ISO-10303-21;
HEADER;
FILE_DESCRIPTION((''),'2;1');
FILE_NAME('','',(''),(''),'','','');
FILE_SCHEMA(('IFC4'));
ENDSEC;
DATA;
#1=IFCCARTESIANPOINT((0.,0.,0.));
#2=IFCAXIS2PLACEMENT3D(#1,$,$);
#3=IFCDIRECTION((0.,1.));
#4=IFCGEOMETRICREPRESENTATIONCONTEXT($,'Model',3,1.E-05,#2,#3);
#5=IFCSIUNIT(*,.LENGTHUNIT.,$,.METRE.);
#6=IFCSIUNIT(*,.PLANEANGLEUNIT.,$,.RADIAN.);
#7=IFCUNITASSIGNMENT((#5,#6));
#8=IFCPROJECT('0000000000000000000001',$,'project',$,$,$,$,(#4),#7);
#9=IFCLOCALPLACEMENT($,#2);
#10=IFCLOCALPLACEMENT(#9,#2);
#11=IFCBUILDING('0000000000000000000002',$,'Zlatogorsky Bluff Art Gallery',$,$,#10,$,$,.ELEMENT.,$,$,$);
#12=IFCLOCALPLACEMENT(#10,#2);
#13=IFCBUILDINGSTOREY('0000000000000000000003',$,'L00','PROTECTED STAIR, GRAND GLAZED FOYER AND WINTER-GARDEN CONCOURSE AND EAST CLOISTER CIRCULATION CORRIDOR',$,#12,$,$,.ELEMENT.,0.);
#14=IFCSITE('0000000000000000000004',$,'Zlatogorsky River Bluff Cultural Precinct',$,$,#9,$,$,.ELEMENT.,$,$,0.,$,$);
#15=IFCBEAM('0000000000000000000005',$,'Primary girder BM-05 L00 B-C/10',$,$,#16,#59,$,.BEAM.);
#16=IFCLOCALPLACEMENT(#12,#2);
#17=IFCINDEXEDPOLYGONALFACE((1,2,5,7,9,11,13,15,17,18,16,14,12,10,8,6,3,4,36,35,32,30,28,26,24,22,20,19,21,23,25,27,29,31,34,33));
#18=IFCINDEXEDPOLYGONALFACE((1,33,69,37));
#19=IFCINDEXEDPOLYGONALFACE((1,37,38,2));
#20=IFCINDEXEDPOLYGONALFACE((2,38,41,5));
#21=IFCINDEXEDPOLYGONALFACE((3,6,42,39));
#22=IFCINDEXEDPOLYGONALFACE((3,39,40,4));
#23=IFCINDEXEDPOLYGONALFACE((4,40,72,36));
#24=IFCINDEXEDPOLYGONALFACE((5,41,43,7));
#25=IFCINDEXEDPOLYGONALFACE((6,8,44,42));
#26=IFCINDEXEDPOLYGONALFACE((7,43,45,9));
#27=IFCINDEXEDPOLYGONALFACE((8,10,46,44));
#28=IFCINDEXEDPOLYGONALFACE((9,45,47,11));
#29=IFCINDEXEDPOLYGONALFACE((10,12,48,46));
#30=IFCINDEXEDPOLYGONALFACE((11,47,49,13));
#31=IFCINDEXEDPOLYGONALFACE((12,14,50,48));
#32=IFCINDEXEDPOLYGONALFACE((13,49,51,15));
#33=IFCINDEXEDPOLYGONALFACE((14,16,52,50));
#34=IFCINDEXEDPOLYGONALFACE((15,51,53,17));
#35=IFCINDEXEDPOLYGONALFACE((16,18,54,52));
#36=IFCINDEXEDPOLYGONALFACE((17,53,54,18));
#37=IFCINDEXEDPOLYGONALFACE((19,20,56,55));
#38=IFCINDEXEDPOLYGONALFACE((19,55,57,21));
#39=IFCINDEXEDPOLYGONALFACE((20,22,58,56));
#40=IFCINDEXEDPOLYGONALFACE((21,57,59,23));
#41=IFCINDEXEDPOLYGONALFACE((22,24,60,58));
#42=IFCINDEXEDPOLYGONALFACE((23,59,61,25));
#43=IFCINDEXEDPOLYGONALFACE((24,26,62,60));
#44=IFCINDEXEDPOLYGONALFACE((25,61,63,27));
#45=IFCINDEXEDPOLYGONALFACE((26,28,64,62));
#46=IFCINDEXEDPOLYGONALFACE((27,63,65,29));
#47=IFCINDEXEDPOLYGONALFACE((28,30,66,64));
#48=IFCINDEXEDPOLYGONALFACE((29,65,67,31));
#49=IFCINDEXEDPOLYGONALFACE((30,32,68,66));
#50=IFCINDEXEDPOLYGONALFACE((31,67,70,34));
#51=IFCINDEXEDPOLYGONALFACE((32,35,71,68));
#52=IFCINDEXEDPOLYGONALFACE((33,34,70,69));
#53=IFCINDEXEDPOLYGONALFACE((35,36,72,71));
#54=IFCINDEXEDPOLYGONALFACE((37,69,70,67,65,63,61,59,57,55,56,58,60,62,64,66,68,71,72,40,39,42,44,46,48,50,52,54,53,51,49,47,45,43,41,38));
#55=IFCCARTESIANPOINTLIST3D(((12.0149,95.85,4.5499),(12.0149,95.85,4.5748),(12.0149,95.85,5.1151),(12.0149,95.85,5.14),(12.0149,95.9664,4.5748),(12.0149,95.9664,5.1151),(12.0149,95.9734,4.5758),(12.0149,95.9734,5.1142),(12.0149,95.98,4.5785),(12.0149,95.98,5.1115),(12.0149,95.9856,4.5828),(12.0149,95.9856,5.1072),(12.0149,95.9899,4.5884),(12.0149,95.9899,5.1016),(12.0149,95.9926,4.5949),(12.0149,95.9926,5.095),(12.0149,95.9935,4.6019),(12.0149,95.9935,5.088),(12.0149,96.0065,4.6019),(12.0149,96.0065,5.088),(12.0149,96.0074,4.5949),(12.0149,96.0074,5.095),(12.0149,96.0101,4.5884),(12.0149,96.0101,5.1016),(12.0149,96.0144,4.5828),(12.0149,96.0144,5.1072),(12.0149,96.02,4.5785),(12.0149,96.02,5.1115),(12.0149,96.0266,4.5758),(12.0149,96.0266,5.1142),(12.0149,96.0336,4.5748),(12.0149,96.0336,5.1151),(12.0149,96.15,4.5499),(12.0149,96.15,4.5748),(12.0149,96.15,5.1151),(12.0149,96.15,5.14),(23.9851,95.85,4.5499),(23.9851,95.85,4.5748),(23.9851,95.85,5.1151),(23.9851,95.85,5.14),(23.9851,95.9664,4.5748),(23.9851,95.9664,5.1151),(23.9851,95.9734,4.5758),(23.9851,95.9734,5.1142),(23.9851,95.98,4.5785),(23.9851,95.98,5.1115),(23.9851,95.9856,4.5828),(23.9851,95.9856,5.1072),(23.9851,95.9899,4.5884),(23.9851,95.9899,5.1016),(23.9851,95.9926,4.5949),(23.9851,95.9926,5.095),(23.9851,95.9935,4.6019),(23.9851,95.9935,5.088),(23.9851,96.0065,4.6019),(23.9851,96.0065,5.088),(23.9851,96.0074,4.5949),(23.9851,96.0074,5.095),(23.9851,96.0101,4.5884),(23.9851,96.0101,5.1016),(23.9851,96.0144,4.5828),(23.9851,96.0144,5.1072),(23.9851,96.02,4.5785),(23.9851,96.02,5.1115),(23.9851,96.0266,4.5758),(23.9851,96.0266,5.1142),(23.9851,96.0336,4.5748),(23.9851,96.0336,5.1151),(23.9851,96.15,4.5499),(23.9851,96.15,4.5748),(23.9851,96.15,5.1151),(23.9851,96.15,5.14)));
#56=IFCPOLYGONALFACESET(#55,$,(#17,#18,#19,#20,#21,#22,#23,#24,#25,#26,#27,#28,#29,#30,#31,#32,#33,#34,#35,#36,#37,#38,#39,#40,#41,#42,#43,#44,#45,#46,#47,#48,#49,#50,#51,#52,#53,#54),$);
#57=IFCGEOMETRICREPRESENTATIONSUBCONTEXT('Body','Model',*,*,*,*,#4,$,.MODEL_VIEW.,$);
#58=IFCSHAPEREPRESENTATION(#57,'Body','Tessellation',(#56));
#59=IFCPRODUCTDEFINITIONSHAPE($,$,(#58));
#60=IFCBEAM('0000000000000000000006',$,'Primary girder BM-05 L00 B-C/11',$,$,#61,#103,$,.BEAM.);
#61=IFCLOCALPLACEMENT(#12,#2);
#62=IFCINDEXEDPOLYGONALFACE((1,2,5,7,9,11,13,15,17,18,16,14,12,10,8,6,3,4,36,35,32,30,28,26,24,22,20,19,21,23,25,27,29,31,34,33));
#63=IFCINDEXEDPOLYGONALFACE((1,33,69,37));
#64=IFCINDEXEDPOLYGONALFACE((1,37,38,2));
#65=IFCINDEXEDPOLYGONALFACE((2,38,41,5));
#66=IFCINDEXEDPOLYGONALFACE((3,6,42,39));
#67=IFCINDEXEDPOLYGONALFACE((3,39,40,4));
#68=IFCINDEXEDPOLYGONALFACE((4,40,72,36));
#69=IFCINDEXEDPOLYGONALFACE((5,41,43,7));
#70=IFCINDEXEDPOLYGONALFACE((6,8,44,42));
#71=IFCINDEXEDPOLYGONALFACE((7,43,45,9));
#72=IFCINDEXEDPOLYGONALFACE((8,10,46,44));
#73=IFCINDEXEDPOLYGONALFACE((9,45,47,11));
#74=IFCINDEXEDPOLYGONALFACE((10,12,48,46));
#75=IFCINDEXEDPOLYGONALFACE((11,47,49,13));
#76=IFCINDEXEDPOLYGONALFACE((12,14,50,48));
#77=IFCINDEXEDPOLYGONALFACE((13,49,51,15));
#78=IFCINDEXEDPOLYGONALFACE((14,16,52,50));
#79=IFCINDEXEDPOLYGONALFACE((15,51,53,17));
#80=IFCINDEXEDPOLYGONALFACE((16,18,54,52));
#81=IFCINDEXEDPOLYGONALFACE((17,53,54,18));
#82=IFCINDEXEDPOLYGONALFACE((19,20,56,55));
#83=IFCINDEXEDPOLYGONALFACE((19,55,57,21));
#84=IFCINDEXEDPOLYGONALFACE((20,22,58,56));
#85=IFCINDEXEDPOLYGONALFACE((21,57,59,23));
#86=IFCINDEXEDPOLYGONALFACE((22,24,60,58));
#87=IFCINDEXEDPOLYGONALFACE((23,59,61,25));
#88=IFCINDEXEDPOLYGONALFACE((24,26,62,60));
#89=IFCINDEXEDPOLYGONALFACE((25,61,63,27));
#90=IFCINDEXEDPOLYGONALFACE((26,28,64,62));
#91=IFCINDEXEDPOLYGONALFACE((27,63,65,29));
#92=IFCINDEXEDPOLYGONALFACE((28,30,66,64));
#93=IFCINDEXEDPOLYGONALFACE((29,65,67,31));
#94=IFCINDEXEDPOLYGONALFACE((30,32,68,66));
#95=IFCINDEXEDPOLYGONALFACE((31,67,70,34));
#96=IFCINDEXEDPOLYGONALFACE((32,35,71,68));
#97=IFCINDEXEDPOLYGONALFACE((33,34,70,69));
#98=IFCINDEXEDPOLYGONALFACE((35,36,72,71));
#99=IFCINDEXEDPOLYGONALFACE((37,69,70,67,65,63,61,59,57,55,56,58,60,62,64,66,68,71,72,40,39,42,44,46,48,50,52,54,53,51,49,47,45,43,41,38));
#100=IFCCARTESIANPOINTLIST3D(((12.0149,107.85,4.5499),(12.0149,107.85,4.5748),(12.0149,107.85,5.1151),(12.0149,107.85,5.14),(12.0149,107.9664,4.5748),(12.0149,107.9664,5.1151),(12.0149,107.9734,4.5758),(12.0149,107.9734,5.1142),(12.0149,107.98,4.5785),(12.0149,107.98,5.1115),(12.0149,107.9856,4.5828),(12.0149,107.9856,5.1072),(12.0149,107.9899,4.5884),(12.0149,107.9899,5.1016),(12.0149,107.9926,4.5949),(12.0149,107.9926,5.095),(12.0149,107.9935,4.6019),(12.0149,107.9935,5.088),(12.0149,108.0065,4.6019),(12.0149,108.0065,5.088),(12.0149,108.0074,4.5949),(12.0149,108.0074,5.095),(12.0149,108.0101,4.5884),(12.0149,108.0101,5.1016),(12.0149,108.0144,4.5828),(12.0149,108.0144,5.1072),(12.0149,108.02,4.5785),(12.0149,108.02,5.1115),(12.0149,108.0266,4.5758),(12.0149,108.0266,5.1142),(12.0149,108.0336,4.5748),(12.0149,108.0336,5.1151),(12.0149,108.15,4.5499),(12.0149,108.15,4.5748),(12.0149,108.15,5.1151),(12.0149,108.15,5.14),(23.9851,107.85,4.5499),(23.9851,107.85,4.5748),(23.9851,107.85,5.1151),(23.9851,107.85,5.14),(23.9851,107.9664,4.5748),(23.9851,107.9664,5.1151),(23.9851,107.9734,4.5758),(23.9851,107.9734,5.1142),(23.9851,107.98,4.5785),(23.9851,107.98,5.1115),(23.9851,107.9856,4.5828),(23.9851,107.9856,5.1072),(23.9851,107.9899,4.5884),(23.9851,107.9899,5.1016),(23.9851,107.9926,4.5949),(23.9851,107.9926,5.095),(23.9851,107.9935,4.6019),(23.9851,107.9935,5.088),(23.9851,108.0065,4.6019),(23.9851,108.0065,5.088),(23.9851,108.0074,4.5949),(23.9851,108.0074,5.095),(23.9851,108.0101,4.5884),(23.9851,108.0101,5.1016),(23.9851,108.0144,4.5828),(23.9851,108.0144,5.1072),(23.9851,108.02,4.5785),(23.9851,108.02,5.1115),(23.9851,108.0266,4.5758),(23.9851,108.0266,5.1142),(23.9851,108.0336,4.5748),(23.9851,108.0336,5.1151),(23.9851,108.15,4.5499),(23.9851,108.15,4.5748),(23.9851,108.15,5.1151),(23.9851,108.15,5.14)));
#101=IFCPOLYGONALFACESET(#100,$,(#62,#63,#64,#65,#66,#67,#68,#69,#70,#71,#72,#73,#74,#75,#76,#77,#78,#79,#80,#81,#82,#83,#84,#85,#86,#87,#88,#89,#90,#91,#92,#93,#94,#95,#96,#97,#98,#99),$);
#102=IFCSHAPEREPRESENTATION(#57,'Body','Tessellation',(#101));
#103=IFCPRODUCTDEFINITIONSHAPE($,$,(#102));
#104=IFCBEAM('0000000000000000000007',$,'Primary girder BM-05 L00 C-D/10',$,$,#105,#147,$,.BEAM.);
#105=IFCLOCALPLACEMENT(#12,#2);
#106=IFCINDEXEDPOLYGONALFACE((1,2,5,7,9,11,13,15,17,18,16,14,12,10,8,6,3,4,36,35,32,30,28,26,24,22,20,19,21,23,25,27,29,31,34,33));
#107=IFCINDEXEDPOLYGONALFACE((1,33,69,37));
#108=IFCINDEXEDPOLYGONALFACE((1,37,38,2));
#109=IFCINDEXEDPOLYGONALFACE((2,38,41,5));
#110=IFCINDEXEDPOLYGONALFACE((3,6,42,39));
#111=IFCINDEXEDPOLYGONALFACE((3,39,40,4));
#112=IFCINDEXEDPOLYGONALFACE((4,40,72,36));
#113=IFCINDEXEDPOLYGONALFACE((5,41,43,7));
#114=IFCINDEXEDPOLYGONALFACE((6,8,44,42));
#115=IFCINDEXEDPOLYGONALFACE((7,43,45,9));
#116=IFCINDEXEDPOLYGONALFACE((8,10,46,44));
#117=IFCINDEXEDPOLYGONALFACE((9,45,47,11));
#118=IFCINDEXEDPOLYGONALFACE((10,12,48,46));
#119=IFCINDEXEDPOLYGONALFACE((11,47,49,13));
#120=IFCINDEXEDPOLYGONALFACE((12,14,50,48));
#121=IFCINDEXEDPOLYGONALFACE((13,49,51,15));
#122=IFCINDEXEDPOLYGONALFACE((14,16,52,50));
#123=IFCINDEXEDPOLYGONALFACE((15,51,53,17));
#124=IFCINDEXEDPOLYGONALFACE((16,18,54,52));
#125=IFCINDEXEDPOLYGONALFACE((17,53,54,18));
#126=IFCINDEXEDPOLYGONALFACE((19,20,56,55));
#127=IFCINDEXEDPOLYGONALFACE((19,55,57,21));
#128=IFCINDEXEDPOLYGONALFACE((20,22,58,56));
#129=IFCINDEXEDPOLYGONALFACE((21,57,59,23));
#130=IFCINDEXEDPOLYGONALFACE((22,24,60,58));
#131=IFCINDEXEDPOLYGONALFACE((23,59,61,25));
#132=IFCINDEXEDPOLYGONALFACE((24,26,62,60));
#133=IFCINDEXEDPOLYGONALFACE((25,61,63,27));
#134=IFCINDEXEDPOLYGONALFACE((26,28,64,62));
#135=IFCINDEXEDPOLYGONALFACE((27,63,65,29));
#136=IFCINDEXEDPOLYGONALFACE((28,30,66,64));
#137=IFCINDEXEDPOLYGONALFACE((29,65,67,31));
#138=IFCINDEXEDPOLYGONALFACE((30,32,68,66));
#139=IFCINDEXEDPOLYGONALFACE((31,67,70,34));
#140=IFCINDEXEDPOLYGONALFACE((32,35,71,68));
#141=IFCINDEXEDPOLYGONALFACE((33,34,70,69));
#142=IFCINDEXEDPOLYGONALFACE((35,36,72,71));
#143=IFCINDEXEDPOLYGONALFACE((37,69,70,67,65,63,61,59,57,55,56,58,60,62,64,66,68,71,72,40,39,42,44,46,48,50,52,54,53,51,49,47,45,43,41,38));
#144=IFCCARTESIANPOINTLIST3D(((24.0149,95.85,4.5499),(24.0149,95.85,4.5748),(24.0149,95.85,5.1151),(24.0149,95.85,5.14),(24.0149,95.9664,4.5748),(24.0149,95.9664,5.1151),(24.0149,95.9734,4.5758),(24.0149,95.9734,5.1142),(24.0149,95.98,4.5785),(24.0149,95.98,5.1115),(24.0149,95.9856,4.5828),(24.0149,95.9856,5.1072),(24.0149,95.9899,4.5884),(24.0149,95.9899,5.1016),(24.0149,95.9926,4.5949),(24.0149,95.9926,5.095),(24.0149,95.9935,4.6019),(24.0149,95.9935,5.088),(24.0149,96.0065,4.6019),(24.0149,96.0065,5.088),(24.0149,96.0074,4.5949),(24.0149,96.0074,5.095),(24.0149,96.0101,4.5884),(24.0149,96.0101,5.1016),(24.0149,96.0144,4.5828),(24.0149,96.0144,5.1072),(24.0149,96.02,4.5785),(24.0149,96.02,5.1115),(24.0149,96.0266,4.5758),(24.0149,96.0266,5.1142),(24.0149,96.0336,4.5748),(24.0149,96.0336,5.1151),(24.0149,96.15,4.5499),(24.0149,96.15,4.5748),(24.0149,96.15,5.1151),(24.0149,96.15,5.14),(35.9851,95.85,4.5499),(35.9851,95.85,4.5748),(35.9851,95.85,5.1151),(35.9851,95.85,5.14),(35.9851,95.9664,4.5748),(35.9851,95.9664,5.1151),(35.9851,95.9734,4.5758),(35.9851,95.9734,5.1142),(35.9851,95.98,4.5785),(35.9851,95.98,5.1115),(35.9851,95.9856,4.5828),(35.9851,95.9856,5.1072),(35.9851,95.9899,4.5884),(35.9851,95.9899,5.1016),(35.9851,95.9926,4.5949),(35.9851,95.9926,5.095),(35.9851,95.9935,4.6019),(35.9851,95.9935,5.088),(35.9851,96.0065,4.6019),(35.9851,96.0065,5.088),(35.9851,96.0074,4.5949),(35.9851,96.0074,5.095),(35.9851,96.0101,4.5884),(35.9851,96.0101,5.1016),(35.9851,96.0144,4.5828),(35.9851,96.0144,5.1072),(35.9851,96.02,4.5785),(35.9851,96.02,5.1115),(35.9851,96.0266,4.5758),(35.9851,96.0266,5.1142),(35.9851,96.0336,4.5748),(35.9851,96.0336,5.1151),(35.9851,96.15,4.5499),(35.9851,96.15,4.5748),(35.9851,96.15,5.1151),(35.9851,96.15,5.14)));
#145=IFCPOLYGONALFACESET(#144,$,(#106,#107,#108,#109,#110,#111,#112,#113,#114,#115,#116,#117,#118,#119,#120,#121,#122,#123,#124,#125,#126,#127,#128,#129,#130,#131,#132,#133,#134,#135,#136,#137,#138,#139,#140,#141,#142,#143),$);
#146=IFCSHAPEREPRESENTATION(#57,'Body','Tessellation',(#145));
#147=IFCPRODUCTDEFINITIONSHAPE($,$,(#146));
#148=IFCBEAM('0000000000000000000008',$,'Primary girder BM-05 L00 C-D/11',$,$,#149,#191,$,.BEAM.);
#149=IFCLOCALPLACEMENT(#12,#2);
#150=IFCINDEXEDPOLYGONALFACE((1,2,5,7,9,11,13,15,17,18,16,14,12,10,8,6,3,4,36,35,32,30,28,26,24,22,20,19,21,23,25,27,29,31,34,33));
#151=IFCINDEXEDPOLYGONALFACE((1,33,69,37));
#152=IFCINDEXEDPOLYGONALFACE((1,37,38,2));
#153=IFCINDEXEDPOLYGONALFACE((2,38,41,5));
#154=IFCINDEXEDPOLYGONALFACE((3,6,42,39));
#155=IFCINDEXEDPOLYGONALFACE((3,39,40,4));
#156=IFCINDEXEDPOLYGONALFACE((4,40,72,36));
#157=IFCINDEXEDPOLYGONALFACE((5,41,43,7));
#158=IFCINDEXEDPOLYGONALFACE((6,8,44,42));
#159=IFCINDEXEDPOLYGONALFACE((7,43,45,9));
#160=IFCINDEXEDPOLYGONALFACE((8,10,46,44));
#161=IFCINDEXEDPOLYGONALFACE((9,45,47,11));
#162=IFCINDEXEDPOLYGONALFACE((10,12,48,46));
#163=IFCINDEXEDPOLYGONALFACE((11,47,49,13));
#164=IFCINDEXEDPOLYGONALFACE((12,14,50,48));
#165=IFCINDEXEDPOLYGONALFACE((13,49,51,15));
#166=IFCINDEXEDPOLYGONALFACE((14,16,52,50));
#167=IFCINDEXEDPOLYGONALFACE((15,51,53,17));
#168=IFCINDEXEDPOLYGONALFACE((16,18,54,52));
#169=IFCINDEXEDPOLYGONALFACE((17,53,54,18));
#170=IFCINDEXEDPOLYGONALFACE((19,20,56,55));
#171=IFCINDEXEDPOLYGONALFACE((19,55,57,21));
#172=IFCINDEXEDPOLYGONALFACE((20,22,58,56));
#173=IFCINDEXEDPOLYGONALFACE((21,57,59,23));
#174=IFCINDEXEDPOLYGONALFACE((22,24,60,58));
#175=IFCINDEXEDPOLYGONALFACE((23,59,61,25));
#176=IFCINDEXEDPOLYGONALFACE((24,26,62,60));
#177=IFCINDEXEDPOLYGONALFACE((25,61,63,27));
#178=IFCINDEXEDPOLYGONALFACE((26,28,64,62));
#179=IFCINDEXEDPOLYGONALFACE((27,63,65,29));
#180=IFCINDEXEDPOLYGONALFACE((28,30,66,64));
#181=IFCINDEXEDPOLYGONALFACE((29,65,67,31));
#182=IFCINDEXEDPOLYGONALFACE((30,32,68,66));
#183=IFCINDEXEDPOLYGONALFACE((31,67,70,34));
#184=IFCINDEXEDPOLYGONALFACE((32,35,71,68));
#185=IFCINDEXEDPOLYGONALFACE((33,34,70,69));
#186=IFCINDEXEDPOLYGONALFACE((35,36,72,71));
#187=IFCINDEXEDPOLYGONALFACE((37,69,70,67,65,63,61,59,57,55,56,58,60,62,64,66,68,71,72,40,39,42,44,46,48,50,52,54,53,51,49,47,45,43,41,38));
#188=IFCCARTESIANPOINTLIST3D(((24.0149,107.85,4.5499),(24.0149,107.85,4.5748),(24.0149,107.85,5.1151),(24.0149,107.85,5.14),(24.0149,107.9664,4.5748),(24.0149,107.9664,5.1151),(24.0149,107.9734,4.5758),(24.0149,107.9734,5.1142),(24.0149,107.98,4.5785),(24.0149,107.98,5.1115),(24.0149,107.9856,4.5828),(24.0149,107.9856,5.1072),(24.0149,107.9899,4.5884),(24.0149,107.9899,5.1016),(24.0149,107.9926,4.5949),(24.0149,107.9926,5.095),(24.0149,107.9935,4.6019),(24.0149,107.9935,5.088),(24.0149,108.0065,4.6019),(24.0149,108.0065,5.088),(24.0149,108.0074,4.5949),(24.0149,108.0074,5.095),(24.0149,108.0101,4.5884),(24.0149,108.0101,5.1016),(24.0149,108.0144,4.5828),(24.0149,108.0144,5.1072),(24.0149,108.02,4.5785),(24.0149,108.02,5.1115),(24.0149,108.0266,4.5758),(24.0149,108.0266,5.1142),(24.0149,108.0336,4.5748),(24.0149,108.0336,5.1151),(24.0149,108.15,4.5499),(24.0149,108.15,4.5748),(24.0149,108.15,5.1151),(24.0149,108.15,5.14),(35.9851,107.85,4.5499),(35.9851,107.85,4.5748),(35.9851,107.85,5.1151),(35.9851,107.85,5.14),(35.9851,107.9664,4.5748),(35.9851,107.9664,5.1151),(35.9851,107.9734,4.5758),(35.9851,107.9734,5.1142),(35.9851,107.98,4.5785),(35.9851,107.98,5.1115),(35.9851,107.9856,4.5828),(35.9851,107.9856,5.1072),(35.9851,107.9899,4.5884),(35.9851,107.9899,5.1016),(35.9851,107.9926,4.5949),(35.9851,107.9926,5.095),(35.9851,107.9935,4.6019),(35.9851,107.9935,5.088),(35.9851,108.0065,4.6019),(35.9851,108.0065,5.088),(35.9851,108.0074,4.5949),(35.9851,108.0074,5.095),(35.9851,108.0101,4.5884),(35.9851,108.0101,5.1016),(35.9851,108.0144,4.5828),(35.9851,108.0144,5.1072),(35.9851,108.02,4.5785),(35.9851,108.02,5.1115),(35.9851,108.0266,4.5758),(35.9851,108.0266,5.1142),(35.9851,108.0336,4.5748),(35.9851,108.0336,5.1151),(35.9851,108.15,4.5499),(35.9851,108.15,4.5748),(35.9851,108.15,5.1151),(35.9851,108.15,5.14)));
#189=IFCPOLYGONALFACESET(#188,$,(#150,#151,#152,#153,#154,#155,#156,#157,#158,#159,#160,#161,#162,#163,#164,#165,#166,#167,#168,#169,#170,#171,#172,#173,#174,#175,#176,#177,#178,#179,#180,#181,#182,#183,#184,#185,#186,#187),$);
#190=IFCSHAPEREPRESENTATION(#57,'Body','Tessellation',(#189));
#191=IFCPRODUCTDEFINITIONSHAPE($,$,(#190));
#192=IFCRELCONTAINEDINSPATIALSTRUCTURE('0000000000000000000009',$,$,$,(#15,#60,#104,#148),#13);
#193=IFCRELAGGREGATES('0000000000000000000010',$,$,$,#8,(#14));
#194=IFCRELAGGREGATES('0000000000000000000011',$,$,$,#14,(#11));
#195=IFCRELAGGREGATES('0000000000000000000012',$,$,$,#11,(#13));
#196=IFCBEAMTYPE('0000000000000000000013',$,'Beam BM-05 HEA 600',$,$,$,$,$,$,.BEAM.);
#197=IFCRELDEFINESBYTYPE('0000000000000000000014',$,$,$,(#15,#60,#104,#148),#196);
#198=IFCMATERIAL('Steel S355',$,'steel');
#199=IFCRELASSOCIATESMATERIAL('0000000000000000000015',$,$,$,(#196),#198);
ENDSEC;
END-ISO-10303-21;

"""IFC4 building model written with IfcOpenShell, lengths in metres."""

from ifc_helpers import new_model, si_unit, direction, frame, origin, origin_2d, place, context, subcontext, project, spatial, i_section, extrude, material, material_profile, profile_set, type_object, element, save


model = new_model("IFC4")

# Units and contexts
model_context = context("Model", 3, precision=1e-05, world=origin(), true_north=direction((0.0, 1.0)))
body_context = subcontext(model_context, "Body", "Model", "MODEL_VIEW")
ifc_project = project(units=[si_unit("LENGTHUNIT", "METRE"), si_unit("PLANEANGLEUNIT", "RADIAN")], contexts=[model_context])

# Site, building, storey
site_placement = place(None, origin())
site = spatial("IfcSite", under=ifc_project, at=site_placement, Name="Zlatogorsky River Bluff Cultural Precinct", CompositionType="ELEMENT", RefElevation=0.0)
building_placement = place(site_placement, origin())
building = spatial("IfcBuilding", under=site, at=building_placement, Name="Zlatogorsky Bluff Art Gallery", CompositionType="ELEMENT")
storey_placement = place(building_placement, origin())
storey = spatial("IfcBuildingStorey", under=building, at=storey_placement, Name="L00", Description="PROTECTED STAIR, GRAND GLAZED FOYER AND WINTER-GARDEN CONCOURSE AND EAST CLOISTER CIRCULATION CORRIDOR", CompositionType="ELEMENT", Elevation=0.0)

# Shared definitions
ifc_material_1 = material(Name="Steel S355", Category="steel")

# Beams
ifc_material_profile_1 = material_profile(ifc_material_1, i_section(OverallWidth=0.3, OverallDepth=0.5901, WebThickness=0.0129, FlangeThickness=0.0249, FilletRadius=0.0271, at=origin_2d()), Name="HEA 600")
ifc_profile_set_1 = profile_set([ifc_material_profile_1], Name="Steel S355")
beam_type_1 = type_object("IfcBeamType", Name="Beam BM-05 HEA 600", PredefinedType="BEAM", material=ifc_profile_set_1)
for number, where, z_axis, x_axis, name in (
    (1, (12.0149, 96.0, 4.845), (1.0, 0.0, 0.0), (0.0, 1.0, 0.0), "Primary girder BM-05 L00 B-C/10"),
    (2, (12.0149, 108.0, 4.845), (1.0, 0.0, 0.0), (0.0, 1.0, 0.0), "Primary girder BM-05 L00 B-C/11"),
    (3, (24.0149, 96.0, 4.845), (1.0, 0.0, 0.0), (0.0, 1.0, 0.0), "Primary girder BM-05 L00 C-D/10"),
    (4, (24.0149, 108.0, 4.845), (1.0, 0.0, 0.0), (0.0, 1.0, 0.0), "Primary girder BM-05 L00 C-D/11"),
):
    element("IfcBeam", number, at=place(storey_placement, frame(where, z_axis=z_axis, x_axis=x_axis)), inside=storey, type_object=beam_type_1, Name=name, PredefinedType="BEAM", context=body_context, shape_type="SweptSolid", body=[
        extrude(i_section(OverallWidth=0.3, OverallDepth=0.5901, WebThickness=0.0129, FlangeThickness=0.0249, FilletRadius=0.0271, at=origin_2d()), origin(), (0.0, 0.0, 1.0), 11.9702),
    ])

save(model, "model.ifc")
